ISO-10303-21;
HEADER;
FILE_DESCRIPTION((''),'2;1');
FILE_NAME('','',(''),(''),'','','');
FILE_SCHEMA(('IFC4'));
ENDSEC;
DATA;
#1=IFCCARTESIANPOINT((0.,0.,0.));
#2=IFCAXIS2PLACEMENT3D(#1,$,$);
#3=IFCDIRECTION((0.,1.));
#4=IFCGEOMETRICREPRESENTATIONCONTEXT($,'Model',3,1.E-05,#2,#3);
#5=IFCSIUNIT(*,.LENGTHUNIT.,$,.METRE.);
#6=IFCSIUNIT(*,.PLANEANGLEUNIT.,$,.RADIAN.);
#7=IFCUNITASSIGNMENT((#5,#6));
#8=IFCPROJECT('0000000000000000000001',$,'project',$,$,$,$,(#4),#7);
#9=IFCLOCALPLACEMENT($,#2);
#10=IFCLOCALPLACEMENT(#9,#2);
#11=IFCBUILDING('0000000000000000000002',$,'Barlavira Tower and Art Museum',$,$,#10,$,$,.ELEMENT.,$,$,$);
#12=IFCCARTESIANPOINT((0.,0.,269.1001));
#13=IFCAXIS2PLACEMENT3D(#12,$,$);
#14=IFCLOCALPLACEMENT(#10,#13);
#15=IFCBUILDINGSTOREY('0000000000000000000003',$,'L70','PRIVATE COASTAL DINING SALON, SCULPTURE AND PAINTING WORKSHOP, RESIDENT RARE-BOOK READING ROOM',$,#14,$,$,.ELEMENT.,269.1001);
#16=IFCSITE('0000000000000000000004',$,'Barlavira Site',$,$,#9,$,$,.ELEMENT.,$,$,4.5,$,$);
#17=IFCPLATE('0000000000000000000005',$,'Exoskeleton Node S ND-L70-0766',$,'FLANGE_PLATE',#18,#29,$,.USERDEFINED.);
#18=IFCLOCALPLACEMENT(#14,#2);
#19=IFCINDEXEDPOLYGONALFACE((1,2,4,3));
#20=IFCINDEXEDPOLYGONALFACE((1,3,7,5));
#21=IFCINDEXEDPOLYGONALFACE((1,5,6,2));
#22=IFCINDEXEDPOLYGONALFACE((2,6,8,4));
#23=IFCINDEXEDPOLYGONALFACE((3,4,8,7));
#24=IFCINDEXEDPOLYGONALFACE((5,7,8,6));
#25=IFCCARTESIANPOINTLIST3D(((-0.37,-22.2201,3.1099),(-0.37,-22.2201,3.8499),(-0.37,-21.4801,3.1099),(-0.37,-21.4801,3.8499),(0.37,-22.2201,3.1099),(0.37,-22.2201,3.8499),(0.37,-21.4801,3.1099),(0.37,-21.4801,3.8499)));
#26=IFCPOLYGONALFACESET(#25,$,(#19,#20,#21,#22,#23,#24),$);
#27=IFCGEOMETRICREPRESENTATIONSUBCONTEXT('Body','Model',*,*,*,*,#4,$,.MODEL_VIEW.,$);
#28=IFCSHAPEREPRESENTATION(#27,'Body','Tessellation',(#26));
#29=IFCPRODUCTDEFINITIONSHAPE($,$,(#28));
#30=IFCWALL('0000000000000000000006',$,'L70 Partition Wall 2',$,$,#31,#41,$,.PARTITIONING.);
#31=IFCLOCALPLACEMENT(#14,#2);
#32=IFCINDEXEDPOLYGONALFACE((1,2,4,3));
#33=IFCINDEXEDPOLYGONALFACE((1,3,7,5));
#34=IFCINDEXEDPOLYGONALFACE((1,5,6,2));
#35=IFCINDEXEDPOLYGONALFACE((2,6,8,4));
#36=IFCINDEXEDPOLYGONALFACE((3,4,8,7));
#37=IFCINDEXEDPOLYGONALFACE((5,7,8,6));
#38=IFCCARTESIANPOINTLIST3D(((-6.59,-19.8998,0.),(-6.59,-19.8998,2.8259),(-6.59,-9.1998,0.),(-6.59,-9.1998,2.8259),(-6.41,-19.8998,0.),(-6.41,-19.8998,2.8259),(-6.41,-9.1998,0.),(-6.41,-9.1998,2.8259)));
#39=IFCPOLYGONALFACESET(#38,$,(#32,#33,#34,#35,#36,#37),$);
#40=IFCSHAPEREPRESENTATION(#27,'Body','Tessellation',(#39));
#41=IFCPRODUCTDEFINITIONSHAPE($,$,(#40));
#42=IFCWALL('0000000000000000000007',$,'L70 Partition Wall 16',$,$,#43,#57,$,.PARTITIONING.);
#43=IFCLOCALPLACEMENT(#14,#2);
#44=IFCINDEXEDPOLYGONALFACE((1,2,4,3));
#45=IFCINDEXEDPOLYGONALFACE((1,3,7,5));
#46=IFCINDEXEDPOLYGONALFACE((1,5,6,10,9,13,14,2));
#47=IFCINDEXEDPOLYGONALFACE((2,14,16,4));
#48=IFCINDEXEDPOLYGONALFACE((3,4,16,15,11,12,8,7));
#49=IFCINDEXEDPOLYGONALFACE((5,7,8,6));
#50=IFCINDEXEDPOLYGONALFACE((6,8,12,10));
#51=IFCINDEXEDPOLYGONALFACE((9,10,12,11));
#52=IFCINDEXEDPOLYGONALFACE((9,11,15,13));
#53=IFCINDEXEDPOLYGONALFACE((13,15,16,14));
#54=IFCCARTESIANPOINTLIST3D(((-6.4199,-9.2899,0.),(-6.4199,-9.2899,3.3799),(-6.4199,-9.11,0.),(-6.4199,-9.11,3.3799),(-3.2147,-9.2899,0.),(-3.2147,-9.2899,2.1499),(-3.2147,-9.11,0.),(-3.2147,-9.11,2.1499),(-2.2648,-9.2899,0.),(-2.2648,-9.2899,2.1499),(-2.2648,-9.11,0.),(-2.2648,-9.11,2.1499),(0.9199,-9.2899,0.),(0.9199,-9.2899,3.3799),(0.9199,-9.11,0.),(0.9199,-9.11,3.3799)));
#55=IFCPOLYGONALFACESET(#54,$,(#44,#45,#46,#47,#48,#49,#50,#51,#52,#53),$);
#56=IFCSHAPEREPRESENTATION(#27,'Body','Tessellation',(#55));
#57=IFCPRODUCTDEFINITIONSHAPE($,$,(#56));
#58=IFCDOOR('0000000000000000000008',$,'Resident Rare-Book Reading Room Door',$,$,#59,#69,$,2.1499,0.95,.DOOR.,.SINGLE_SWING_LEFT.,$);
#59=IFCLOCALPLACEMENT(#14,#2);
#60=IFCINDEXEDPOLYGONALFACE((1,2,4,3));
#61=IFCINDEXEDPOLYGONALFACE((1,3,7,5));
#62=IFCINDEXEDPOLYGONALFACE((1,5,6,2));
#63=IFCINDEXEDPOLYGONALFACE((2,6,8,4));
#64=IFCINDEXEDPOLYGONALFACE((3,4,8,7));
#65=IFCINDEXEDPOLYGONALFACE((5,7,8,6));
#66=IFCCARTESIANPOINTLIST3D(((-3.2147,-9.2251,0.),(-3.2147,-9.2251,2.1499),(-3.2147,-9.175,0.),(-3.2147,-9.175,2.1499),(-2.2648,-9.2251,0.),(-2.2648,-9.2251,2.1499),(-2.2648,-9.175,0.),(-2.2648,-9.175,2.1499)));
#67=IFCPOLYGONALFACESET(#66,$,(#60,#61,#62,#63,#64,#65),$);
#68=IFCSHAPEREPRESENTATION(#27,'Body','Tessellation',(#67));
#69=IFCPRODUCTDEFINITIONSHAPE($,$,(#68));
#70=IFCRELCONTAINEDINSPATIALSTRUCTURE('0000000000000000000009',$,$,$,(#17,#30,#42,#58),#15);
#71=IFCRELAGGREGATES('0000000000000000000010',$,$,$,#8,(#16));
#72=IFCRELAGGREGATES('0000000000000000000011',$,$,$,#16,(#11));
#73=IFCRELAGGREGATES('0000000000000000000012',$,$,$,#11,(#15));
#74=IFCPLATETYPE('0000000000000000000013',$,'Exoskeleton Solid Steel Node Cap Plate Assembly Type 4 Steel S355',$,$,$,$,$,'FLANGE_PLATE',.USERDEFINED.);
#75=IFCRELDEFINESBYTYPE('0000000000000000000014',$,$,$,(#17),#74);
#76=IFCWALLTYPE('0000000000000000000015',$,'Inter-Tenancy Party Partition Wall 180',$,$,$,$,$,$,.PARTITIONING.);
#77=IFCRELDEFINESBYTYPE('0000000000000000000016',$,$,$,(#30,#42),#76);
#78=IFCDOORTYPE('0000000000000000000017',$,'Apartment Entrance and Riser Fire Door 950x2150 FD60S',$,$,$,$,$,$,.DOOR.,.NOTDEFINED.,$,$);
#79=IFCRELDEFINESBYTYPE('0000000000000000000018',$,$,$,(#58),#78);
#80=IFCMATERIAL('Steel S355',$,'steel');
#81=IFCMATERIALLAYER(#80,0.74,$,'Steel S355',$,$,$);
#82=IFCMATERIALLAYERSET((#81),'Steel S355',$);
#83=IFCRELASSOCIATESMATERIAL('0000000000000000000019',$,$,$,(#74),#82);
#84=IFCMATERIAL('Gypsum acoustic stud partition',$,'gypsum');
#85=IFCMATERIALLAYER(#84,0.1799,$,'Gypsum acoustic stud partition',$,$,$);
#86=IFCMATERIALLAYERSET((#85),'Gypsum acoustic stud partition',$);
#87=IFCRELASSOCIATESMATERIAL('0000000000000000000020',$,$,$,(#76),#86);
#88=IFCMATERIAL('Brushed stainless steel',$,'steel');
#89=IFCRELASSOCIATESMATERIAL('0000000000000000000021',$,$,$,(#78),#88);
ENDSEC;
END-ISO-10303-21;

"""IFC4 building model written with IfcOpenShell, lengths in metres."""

from ifc_helpers import new_model, si_unit, direction, frame, frame_2d, origin, origin_2d, place, context, subcontext, project, spatial, rectangle, extrude, material, layer, layer_set, type_object, element, fill, save


model = new_model("IFC4")

# Units and contexts
model_context = context("Model", 3, precision=1e-05, world=origin(), true_north=direction((0.0, 1.0)))
body_context = subcontext(model_context, "Body", "Model", "MODEL_VIEW")
ifc_project = project(units=[si_unit("LENGTHUNIT", "METRE"), si_unit("PLANEANGLEUNIT", "RADIAN")], contexts=[model_context])

# Site, building, storey
site_placement = place(None, origin())
site = spatial("IfcSite", under=ifc_project, at=site_placement, Name="Barlavira Site", CompositionType="ELEMENT", RefElevation=4.5)
building_placement = place(site_placement, origin())
building = spatial("IfcBuilding", under=site, at=building_placement, Name="Barlavira Tower and Art Museum", CompositionType="ELEMENT")
storey_placement = place(building_placement, frame((0.0, 0.0, 269.1001)))
storey = spatial("IfcBuildingStorey", under=building, at=storey_placement, Name="L70", Description="PRIVATE COASTAL DINING SALON, SCULPTURE AND PAINTING WORKSHOP, RESIDENT RARE-BOOK READING ROOM", CompositionType="ELEMENT", Elevation=269.1001)

# Shared definitions
ifc_material_1 = material(Name="Steel S355", Category="steel")

# Plate
ifc_layer_1 = layer(ifc_material_1, 0.74, Name="Steel S355")
ifc_layer_set_1 = layer_set([ifc_layer_1], Name="Steel S355")
plate_type_1 = type_object("IfcPlateType", Name="Exoskeleton Solid Steel Node Cap Plate Assembly Type 4 Steel S355", ElementType="FLANGE_PLATE", PredefinedType="USERDEFINED", material=ifc_layer_set_1)
plate_1_placement = place(storey_placement, frame((0.0, -21.8501, 3.1099), z_axis=(0.0, 0.0, 1.0), x_axis=(1.0, 0.0, 0.0)))
element("IfcPlate", 1, at=plate_1_placement, inside=storey, type_object=plate_type_1, Name="Exoskeleton Node S ND-L70-0766", ObjectType="FLANGE_PLATE", PredefinedType="USERDEFINED", context=body_context, shape_type="SweptSolid", body=[
    extrude(rectangle(XDim=0.74, YDim=0.74, at=origin_2d()), origin(), (0.0, 0.0, 1.0), 0.74),
])

# Wall
ifc_material_2 = material(Name="Gypsum acoustic stud partition", Category="gypsum")
ifc_layer_2 = layer(ifc_material_2, 0.1799, Name="Gypsum acoustic stud partition")
ifc_layer_set_2 = layer_set([ifc_layer_2], Name="Gypsum acoustic stud partition")
wall_type = type_object("IfcWallType", Name="Inter-Tenancy Party Partition Wall 180", PredefinedType="PARTITIONING", material=ifc_layer_set_2)
wall_1_placement = place(storey_placement, frame((-6.5, -19.8999, 0.0), z_axis=(0.0, 0.0, 1.0), x_axis=(0.0, 1.0, 0.0)))
element("IfcWall", 2, at=wall_1_placement, inside=storey, type_object=wall_type, Name="L70 Partition Wall 2", PredefinedType="PARTITIONING", context=body_context, shape_type="SweptSolid", body=[
    extrude(rectangle(XDim=10.7, YDim=0.1799, at=frame_2d((5.3501, 0.0))), origin(), (0.0, 0.0, 1.0), 2.8259),
])

# Wall, opening, door
wall_2_placement = place(storey_placement, frame((-6.4199, -9.2, 0.0), z_axis=(0.0, 0.0, 1.0), x_axis=(1.0, 0.0, 0.0)))
wall_2 = element("IfcWall", 3, at=wall_2_placement, inside=storey, type_object=wall_type, Name="L70 Partition Wall 16", PredefinedType="PARTITIONING", context=body_context, shape_type="SweptSolid", body=[
    extrude(rectangle(XDim=7.3398, YDim=0.1799, at=frame_2d((3.6699, 0.0))), origin(), (0.0, 0.0, 1.0), 3.3799),
])
opening_placement = place(wall_2_placement, frame((3.2051, 0.0, 0.0)))
opening = element("IfcOpeningElement", 4, at=opening_placement, cuts=wall_2, PredefinedType="OPENING", context=body_context, shape_type="SweptSolid", body=[
    extrude(rectangle(XDim=0.95, YDim=2.1499, at=frame_2d((0.4751, 1.075))), frame((0.0, 0.1001, 0.0), z_axis=(0.0, -1.0, 0.0), x_axis=(1.0, 0.0, 0.0)), (0.0, 0.0, 1.0), 0.2),
])
ifc_material_3 = material(Name="Brushed stainless steel", Category="steel")
door_type = type_object("IfcDoorType", Name="Apartment Entrance and Riser Fire Door 950x2150 FD60S", OperationType="NOTDEFINED", PredefinedType="DOOR", material=ifc_material_3)
door_placement = place(opening_placement, origin())
door = element("IfcDoor", 5, at=door_placement, inside=storey, type_object=door_type, Name="Resident Rare-Book Reading Room Door", OperationType="SINGLE_SWING_LEFT", OverallHeight=2.1499, OverallWidth=0.95, PredefinedType="DOOR", context=body_context, shape_type="SweptSolid", body=[
    extrude(rectangle(XDim=0.95, YDim=2.1499, at=frame_2d((0.4751, 1.075))), frame((0.0, 0.0249, 0.0), z_axis=(0.0, -1.0, 0.0), x_axis=(1.0, 0.0, 0.0)), (0.0, 0.0, 1.0), 0.05),
])
fill(opening, door)

save(model, "model.ifc")
